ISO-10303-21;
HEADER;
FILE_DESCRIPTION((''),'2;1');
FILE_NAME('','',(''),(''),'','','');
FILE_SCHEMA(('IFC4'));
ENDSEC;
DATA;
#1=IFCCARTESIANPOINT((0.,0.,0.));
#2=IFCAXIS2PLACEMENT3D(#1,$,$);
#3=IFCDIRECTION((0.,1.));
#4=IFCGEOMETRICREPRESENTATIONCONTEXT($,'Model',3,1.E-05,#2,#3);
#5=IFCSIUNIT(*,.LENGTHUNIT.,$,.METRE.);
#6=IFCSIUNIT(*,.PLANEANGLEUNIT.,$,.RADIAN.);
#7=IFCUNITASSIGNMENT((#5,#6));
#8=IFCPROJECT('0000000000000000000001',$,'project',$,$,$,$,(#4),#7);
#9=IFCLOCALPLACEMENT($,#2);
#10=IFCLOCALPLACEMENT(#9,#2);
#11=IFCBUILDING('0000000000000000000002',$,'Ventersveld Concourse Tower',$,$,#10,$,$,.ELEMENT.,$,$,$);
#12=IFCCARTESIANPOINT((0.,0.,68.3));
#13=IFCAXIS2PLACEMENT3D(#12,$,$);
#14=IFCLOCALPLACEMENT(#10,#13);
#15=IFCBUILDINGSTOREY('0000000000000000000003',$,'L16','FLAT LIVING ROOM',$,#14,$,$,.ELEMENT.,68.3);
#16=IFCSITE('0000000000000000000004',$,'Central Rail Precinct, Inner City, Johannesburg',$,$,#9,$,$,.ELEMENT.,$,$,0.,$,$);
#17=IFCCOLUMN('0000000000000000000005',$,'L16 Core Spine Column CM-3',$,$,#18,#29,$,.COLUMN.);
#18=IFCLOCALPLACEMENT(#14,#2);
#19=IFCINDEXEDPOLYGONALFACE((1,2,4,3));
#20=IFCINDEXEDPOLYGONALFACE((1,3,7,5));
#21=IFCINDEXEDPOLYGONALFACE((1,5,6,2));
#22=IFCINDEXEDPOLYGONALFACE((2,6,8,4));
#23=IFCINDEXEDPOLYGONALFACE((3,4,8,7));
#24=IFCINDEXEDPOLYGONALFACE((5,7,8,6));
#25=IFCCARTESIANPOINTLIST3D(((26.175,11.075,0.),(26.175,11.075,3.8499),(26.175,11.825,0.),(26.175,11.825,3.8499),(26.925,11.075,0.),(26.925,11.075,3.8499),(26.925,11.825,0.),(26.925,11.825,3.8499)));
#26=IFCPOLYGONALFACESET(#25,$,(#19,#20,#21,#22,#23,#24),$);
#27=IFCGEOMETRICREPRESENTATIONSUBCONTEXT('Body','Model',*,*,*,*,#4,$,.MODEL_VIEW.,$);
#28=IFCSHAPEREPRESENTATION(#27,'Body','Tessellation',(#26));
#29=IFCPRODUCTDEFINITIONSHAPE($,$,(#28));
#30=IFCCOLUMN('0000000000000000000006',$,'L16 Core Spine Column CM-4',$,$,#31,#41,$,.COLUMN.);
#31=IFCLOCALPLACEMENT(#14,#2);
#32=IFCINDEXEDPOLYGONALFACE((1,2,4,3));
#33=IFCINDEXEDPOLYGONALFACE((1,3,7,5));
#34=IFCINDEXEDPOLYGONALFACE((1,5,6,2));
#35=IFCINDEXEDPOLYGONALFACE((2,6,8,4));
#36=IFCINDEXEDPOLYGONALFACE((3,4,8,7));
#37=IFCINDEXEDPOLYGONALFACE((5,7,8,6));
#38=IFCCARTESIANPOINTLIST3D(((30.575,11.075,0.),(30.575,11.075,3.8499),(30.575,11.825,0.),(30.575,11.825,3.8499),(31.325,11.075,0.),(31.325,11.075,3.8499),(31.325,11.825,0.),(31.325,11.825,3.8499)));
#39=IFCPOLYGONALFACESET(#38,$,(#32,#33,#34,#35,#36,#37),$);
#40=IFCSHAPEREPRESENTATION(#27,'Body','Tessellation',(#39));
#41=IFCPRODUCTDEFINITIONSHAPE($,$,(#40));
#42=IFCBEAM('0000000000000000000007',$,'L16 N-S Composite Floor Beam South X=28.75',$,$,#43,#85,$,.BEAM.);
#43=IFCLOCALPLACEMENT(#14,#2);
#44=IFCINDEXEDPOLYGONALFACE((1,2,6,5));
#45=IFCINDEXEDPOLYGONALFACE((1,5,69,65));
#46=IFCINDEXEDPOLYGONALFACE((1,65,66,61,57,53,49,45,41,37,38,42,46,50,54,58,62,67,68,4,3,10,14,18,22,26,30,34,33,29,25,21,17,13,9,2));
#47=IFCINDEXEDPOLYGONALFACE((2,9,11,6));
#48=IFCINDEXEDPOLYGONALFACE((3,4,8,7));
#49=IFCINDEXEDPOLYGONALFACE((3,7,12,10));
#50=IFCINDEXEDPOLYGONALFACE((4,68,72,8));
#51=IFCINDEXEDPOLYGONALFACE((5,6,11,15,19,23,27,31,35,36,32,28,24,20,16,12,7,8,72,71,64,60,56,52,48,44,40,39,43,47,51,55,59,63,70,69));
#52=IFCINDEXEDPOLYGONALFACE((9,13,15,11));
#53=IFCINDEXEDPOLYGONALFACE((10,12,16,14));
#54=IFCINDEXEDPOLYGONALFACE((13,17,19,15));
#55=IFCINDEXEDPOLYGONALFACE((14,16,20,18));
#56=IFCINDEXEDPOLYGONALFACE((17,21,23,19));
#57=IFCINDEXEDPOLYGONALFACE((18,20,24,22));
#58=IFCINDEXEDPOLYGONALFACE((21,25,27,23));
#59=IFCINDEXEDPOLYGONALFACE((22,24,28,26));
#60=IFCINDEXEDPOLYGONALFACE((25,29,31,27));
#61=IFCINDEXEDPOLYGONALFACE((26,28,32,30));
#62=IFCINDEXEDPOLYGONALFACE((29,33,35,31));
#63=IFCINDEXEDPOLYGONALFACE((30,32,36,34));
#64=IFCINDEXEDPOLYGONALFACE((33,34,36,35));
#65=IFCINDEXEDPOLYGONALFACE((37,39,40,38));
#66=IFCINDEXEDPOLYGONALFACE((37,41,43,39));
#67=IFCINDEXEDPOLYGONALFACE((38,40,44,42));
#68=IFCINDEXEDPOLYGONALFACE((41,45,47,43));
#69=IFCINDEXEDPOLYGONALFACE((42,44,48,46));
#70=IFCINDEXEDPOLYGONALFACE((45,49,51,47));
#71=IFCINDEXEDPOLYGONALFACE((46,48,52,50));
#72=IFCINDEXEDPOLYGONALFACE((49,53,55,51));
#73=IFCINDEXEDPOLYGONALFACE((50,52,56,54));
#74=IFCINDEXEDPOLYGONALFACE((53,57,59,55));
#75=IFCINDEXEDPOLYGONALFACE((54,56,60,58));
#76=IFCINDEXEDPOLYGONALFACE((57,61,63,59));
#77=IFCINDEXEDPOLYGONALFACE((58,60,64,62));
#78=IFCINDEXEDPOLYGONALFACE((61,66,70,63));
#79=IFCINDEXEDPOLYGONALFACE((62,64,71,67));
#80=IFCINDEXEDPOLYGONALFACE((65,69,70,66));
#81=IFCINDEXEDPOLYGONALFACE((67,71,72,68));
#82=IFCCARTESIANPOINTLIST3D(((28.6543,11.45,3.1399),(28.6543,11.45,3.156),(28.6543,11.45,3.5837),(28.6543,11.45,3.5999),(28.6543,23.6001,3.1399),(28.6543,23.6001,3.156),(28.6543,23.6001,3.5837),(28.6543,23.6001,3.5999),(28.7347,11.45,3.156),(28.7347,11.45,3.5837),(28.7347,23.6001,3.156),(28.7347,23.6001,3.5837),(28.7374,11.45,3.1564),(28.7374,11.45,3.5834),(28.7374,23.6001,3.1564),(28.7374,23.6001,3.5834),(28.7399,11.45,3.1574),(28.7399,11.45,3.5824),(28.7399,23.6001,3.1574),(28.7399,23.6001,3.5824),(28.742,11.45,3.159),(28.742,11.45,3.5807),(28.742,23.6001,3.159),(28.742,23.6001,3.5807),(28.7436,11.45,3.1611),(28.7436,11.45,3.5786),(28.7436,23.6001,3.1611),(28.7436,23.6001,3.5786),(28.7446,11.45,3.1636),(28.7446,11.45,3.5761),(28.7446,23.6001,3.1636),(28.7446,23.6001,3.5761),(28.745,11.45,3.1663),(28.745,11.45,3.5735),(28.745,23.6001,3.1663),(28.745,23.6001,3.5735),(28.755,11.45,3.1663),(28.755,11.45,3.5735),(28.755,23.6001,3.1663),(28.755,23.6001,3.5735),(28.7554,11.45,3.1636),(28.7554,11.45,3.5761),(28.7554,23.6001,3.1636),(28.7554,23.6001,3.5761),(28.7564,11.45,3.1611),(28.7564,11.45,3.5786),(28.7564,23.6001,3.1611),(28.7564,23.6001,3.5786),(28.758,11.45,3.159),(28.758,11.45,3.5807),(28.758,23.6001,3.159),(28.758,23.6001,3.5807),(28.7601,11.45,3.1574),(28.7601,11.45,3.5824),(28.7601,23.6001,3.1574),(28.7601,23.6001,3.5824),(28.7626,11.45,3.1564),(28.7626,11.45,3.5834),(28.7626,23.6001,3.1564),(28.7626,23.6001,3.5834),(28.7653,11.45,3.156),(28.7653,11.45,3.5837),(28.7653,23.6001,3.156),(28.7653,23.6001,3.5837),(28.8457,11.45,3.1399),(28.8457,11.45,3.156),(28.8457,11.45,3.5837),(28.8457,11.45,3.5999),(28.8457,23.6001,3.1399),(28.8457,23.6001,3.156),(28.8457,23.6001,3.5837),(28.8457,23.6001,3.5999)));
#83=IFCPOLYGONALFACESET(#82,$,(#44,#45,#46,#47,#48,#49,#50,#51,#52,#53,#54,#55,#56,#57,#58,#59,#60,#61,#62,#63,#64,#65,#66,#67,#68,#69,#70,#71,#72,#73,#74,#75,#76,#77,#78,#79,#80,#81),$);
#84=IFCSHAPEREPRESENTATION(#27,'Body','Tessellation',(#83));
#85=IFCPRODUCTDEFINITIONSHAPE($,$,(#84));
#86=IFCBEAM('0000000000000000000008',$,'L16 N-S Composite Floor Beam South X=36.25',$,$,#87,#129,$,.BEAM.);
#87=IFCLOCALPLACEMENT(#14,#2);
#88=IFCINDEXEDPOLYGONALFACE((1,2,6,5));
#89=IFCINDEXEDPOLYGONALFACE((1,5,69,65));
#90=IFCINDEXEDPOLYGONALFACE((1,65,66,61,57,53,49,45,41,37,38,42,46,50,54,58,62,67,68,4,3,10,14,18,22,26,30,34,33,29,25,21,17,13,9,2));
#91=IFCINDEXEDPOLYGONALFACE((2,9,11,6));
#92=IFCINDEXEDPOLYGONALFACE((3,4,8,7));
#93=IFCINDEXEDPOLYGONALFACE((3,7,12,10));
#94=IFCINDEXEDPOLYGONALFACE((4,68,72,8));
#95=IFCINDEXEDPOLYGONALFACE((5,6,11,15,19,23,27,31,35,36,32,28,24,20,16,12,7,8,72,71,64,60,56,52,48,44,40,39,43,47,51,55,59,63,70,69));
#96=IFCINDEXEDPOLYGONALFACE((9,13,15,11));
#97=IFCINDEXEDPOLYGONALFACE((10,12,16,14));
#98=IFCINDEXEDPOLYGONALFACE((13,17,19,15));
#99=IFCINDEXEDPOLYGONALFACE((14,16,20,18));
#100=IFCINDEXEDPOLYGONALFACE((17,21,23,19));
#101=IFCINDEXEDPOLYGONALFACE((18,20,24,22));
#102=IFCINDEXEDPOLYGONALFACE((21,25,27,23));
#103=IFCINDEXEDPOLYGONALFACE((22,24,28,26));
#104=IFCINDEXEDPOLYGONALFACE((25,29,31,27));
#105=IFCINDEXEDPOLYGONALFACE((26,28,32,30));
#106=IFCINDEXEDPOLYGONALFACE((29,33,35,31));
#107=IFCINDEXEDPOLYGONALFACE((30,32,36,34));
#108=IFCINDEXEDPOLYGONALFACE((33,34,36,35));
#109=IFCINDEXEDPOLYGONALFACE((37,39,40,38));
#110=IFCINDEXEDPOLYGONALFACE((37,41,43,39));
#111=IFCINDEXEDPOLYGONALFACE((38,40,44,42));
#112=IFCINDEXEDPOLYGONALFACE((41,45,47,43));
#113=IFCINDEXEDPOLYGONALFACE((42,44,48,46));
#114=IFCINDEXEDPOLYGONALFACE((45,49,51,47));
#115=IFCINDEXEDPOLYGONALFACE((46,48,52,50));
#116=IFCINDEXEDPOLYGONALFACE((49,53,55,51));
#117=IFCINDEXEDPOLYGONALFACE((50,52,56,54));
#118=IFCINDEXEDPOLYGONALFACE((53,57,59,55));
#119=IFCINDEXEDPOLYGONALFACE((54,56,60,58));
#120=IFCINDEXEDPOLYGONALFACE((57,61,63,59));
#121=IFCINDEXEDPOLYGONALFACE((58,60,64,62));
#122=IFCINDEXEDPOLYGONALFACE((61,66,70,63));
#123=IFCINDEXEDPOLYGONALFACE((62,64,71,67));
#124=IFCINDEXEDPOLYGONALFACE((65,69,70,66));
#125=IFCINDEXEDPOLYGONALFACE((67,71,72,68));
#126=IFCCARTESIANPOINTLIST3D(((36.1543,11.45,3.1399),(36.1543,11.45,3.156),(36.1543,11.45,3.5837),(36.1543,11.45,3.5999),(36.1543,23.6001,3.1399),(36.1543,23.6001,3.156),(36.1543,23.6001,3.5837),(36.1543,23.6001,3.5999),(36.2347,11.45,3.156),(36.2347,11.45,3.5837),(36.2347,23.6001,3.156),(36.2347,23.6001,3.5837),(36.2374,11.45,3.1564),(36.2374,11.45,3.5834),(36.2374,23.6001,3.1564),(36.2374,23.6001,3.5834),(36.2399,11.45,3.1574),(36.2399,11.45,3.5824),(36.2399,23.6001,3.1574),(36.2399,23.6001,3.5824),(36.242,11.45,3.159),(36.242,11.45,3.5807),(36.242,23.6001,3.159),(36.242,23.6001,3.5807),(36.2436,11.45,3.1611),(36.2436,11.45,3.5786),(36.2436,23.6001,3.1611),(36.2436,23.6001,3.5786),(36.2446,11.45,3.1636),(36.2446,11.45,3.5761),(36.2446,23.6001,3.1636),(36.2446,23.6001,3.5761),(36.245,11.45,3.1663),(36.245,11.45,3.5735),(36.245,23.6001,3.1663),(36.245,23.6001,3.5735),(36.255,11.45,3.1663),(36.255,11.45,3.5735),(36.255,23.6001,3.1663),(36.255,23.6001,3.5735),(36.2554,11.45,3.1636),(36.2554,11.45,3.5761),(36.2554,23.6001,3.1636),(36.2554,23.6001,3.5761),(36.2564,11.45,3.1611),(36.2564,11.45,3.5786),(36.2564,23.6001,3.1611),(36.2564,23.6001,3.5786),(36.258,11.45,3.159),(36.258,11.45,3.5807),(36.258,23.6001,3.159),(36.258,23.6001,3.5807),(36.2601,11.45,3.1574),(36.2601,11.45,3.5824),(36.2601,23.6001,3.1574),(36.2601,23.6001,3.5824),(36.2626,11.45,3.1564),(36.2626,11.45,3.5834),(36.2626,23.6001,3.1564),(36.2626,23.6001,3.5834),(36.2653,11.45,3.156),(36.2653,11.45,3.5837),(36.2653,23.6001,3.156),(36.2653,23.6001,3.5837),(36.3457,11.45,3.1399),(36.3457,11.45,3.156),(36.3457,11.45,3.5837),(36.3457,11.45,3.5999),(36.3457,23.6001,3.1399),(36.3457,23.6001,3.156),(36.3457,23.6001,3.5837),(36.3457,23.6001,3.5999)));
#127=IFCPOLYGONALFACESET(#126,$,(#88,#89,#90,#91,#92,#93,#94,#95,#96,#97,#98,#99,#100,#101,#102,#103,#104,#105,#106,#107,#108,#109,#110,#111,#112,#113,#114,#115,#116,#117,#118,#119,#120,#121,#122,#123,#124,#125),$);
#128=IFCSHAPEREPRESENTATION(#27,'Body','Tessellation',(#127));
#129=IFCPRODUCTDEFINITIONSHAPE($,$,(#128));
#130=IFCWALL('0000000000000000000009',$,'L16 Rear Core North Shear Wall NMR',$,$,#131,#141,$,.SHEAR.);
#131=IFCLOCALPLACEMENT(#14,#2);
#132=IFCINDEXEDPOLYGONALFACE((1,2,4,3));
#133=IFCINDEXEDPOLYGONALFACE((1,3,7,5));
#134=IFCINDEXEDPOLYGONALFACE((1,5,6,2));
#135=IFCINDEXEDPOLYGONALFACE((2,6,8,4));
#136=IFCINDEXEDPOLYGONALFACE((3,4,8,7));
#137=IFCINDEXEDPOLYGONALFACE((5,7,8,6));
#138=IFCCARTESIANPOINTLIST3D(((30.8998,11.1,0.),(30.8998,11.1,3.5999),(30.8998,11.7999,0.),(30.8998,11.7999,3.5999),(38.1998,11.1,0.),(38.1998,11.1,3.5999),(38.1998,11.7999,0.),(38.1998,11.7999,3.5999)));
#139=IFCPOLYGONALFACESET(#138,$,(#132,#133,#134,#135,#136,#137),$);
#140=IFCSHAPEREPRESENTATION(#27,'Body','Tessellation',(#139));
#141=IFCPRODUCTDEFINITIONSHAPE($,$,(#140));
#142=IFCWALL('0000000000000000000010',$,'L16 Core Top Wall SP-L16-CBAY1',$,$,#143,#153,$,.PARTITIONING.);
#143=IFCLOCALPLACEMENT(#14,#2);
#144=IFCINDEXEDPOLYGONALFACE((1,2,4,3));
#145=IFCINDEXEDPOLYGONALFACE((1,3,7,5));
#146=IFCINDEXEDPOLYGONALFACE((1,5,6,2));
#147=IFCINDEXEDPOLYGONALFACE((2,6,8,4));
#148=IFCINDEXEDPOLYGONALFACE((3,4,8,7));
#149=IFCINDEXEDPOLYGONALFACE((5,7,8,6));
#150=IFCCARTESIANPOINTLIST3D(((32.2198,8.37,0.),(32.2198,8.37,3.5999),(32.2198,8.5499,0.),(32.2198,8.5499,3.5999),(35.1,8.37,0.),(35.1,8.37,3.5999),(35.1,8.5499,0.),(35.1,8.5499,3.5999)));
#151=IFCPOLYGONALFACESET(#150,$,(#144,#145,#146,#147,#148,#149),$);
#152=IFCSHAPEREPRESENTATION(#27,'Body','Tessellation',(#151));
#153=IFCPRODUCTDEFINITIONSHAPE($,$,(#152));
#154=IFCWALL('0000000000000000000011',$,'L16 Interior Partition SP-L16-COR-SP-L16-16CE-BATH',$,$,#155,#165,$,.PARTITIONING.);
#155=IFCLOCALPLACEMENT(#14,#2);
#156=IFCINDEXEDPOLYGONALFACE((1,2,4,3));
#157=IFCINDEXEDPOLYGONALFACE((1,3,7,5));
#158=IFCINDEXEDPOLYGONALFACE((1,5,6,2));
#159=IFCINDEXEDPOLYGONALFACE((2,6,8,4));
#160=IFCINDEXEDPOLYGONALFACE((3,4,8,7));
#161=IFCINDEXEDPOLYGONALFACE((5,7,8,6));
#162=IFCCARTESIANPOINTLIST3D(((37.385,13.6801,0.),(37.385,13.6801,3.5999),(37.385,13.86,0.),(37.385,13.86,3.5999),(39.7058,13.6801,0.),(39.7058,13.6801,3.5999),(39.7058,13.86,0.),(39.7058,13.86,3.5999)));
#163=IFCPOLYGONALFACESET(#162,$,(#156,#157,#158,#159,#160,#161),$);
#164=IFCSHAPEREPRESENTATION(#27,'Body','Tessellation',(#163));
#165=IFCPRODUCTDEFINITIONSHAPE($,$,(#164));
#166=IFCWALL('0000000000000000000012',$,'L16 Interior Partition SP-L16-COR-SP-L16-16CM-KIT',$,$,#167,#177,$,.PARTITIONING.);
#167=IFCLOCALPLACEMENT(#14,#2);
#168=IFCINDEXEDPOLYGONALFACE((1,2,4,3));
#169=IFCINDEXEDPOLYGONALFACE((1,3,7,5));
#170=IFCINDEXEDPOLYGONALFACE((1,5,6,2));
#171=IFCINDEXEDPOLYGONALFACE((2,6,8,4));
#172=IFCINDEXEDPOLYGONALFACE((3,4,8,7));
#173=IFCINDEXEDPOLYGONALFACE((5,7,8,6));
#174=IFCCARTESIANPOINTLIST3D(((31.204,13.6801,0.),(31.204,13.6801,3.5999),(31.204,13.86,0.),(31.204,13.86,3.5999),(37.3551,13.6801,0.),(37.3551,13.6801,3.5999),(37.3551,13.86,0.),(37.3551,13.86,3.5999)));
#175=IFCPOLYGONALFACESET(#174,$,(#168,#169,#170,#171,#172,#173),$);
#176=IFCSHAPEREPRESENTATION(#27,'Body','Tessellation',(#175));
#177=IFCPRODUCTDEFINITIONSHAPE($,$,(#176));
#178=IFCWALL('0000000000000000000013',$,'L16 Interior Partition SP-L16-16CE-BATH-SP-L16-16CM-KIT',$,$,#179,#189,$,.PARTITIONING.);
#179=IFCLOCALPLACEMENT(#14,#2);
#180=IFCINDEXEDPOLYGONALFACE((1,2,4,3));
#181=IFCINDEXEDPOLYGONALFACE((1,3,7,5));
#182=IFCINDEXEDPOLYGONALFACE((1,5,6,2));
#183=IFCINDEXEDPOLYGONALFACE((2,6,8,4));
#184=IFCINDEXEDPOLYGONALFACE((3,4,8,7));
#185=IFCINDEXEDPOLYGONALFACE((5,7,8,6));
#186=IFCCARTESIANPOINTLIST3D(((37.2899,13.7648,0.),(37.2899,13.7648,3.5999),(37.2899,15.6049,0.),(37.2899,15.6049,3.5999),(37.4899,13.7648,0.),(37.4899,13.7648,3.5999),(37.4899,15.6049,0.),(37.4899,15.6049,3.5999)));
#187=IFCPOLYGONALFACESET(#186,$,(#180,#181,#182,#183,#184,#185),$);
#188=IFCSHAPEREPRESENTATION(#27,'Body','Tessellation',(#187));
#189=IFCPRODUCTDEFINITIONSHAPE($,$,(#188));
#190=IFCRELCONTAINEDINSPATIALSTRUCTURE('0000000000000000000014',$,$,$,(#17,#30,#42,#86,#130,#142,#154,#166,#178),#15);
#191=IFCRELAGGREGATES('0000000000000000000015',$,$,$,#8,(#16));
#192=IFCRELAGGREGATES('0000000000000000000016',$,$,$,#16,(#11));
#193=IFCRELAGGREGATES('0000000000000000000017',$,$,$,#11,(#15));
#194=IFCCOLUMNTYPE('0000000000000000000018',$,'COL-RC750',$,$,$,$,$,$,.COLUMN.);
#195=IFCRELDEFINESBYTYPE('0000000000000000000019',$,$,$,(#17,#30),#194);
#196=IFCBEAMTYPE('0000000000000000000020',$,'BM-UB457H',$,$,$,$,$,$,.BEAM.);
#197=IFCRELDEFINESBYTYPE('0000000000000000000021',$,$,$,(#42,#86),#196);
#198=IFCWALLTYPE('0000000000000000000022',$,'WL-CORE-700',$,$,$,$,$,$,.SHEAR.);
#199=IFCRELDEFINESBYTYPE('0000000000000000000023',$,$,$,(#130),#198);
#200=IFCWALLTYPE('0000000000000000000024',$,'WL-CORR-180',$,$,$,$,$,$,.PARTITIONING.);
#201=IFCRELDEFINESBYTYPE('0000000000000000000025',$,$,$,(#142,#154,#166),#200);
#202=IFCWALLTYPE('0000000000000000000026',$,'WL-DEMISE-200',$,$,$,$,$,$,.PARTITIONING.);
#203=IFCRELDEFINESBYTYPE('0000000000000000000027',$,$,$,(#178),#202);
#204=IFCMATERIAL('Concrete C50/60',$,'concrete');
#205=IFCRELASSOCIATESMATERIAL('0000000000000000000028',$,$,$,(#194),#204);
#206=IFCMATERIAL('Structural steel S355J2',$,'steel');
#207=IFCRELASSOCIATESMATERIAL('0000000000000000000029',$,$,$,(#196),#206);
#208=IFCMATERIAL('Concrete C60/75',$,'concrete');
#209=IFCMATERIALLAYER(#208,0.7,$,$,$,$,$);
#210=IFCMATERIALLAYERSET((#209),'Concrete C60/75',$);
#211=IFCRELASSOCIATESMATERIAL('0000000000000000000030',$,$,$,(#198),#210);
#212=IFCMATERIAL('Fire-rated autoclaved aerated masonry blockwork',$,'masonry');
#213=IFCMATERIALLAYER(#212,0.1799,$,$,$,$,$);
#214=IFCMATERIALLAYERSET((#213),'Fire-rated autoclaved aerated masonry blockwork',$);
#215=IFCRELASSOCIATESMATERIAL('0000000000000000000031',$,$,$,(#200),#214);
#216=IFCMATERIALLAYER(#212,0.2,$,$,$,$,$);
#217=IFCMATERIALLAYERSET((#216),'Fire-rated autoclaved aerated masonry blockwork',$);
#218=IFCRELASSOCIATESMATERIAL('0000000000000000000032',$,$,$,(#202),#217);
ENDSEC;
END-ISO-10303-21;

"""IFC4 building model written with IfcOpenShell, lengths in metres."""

from ifc_helpers import new_model, si_unit, direction, frame, frame_2d, origin, origin_2d, place, context, subcontext, project, spatial, rectangle, i_section, extrude, material, layer, layer_set, material_profile, profile_set, type_object, element, save


model = new_model("IFC4")

# Units and contexts
model_context = context("Model", 3, precision=1e-05, world=origin(), true_north=direction((0.0, 1.0)))
body_context = subcontext(model_context, "Body", "Model", "MODEL_VIEW")
ifc_project = project(units=[si_unit("LENGTHUNIT", "METRE"), si_unit("PLANEANGLEUNIT", "RADIAN")], contexts=[model_context])

# Site, building, storey
site_placement = place(None, origin())
site = spatial("IfcSite", under=ifc_project, at=site_placement, Name="Central Rail Precinct, Inner City, Johannesburg", CompositionType="ELEMENT", RefElevation=0.0)
building_placement = place(site_placement, origin())
building = spatial("IfcBuilding", under=site, at=building_placement, Name="Ventersveld Concourse Tower", CompositionType="ELEMENT")
storey_placement = place(building_placement, frame((0.0, 0.0, 68.3)))
storey = spatial("IfcBuildingStorey", under=building, at=storey_placement, Name="L16", Description="FLAT LIVING ROOM", CompositionType="ELEMENT", Elevation=68.3)

# Columns
ifc_material_1 = material(Name="Concrete C50/60", Category="concrete")
ifc_material_profile_1 = material_profile(ifc_material_1, rectangle(XDim=0.75, YDim=0.75, at=origin_2d()), Name="RC 750x750")
ifc_profile_set_1 = profile_set([ifc_material_profile_1], Name="Concrete C50/60")
column_type = type_object("IfcColumnType", Name="COL-RC750", PredefinedType="COLUMN", material=ifc_profile_set_1)
for number, where, z_axis, x_axis, name in (
    (1, (26.55, 11.45, 0.0), (0.0, 0.0, 1.0), (1.0, 0.0, 0.0), "L16 Core Spine Column CM-3"),
    (2, (30.95, 11.45, 0.0), (0.0, 0.0, 1.0), (1.0, 0.0, 0.0), "L16 Core Spine Column CM-4"),
):
    element("IfcColumn", number, at=place(storey_placement, frame(where, z_axis=z_axis, x_axis=x_axis)), inside=storey, type_object=column_type, Name=name, PredefinedType="COLUMN", context=body_context, shape_type="SweptSolid", body=[
        extrude(rectangle(XDim=0.75, YDim=0.75, at=origin_2d()), origin(), (0.0, 0.0, 1.0), 3.8499),
    ])

# Beams
ifc_material_2 = material(Name="Structural steel S355J2", Category="steel")
ifc_material_profile_2 = material_profile(ifc_material_2, i_section(OverallWidth=0.1914, OverallDepth=0.46, WebThickness=0.01, FlangeThickness=0.0161, FilletRadius=0.0103, at=origin_2d()), Name="UB 457x191x82")
ifc_profile_set_2 = profile_set([ifc_material_profile_2], Name="Structural steel S355J2")
beam_type = type_object("IfcBeamType", Name="BM-UB457H", PredefinedType="BEAM", material=ifc_profile_set_2)
for number, where, z_axis, x_axis, name in (
    (3, (28.75, 11.45, 3.3699), (0.0, 1.0, 0.0), (-1.0, 0.0, 0.0), "L16 N-S Composite Floor Beam South X=28.75"),
    (4, (36.25, 11.45, 3.3699), (0.0, 1.0, 0.0), (-1.0, 0.0, 0.0), "L16 N-S Composite Floor Beam South X=36.25"),
):
    element("IfcBeam", number, at=place(storey_placement, frame(where, z_axis=z_axis, x_axis=x_axis)), inside=storey, type_object=beam_type, Name=name, PredefinedType="BEAM", context=body_context, shape_type="SweptSolid", body=[
        extrude(i_section(OverallWidth=0.1914, OverallDepth=0.46, WebThickness=0.01, FlangeThickness=0.0161, FilletRadius=0.0103, at=origin_2d()), origin(), (0.0, 0.0, 1.0), 12.1501),
    ])

# Wall
ifc_material_3 = material(Name="Concrete C60/75", Category="concrete")
ifc_layer_1 = layer(ifc_material_3, 0.7)
ifc_layer_set_1 = layer_set([ifc_layer_1], Name="Concrete C60/75")
wall_type_1 = type_object("IfcWallType", Name="WL-CORE-700", PredefinedType="SHEAR", material=ifc_layer_set_1)
wall_1_placement = place(storey_placement, frame((30.8999, 11.45, 0.0), z_axis=(0.0, 0.0, 1.0), x_axis=(1.0, 0.0, 0.0)))
element("IfcWall", 5, at=wall_1_placement, inside=storey, type_object=wall_type_1, Name="L16 Rear Core North Shear Wall NMR", PredefinedType="SHEAR", context=body_context, shape_type="SweptSolid", body=[
    extrude(rectangle(XDim=7.3, YDim=0.7, at=frame_2d((3.6499, 0.0))), origin(), (0.0, 0.0, 1.0), 3.5999),
])

# Shared definitions
ifc_material_4 = material(Name="Fire-rated autoclaved aerated masonry blockwork", Category="masonry")
ifc_layer_2 = layer(ifc_material_4, 0.1799)
ifc_layer_set_2 = layer_set([ifc_layer_2], Name="Fire-rated autoclaved aerated masonry blockwork")
wall_type_2 = type_object("IfcWallType", Name="WL-CORR-180", PredefinedType="PARTITIONING", material=ifc_layer_set_2)

# Walls
wall_2_placement = place(storey_placement, frame((32.22, 8.46, 0.0), z_axis=(0.0, 0.0, 1.0), x_axis=(1.0, 0.0, 0.0)))
element("IfcWall", 6, at=wall_2_placement, inside=storey, type_object=wall_type_2, Name="L16 Core Top Wall SP-L16-CBAY1", PredefinedType="PARTITIONING", context=body_context, shape_type="SweptSolid", body=[
    extrude(rectangle(XDim=2.8801, YDim=0.1799, at=frame_2d((1.4399, 0.0))), origin(), (0.0, 0.0, 1.0), 3.5999),
])
wall_3_placement = place(storey_placement, frame((37.385, 13.77, 0.0), z_axis=(0.0, 0.0, 1.0), x_axis=(1.0, 0.0, 0.0)))
element("IfcWall", 7, at=wall_3_placement, inside=storey, type_object=wall_type_2, Name="L16 Interior Partition SP-L16-COR-SP-L16-16CE-BATH", PredefinedType="PARTITIONING", context=body_context, shape_type="SweptSolid", body=[
    extrude(rectangle(XDim=2.3208, YDim=0.1799, at=frame_2d((1.1604, 0.0))), origin(), (0.0, 0.0, 1.0), 3.5999),
])
wall_4_placement = place(storey_placement, frame((31.2039, 13.77, 0.0), z_axis=(0.0, 0.0, 1.0), x_axis=(1.0, 0.0, 0.0)))
element("IfcWall", 8, at=wall_4_placement, inside=storey, type_object=wall_type_2, Name="L16 Interior Partition SP-L16-COR-SP-L16-16CM-KIT", PredefinedType="PARTITIONING", context=body_context, shape_type="SweptSolid", body=[
    extrude(rectangle(XDim=6.1511, YDim=0.1799, at=frame_2d((3.0757, 0.0))), origin(), (0.0, 0.0, 1.0), 3.5999),
])
ifc_layer_3 = layer(ifc_material_4, 0.2)
ifc_layer_set_3 = layer_set([ifc_layer_3], Name="Fire-rated autoclaved aerated masonry blockwork")
wall_type_3 = type_object("IfcWallType", Name="WL-DEMISE-200", PredefinedType="PARTITIONING", material=ifc_layer_set_3)
wall_5_placement = place(storey_placement, frame((37.3899, 13.7649, 0.0), z_axis=(0.0, 0.0, 1.0), x_axis=(0.0, 1.0, 0.0)))
element("IfcWall", 9, at=wall_5_placement, inside=storey, type_object=wall_type_3, Name="L16 Interior Partition SP-L16-16CE-BATH-SP-L16-16CM-KIT", PredefinedType="PARTITIONING", context=body_context, shape_type="SweptSolid", body=[
    extrude(rectangle(XDim=1.8401, YDim=0.2, at=frame_2d((0.9199, 0.0))), origin(), (0.0, 0.0, 1.0), 3.5999),
])

save(model, "model.ifc")
